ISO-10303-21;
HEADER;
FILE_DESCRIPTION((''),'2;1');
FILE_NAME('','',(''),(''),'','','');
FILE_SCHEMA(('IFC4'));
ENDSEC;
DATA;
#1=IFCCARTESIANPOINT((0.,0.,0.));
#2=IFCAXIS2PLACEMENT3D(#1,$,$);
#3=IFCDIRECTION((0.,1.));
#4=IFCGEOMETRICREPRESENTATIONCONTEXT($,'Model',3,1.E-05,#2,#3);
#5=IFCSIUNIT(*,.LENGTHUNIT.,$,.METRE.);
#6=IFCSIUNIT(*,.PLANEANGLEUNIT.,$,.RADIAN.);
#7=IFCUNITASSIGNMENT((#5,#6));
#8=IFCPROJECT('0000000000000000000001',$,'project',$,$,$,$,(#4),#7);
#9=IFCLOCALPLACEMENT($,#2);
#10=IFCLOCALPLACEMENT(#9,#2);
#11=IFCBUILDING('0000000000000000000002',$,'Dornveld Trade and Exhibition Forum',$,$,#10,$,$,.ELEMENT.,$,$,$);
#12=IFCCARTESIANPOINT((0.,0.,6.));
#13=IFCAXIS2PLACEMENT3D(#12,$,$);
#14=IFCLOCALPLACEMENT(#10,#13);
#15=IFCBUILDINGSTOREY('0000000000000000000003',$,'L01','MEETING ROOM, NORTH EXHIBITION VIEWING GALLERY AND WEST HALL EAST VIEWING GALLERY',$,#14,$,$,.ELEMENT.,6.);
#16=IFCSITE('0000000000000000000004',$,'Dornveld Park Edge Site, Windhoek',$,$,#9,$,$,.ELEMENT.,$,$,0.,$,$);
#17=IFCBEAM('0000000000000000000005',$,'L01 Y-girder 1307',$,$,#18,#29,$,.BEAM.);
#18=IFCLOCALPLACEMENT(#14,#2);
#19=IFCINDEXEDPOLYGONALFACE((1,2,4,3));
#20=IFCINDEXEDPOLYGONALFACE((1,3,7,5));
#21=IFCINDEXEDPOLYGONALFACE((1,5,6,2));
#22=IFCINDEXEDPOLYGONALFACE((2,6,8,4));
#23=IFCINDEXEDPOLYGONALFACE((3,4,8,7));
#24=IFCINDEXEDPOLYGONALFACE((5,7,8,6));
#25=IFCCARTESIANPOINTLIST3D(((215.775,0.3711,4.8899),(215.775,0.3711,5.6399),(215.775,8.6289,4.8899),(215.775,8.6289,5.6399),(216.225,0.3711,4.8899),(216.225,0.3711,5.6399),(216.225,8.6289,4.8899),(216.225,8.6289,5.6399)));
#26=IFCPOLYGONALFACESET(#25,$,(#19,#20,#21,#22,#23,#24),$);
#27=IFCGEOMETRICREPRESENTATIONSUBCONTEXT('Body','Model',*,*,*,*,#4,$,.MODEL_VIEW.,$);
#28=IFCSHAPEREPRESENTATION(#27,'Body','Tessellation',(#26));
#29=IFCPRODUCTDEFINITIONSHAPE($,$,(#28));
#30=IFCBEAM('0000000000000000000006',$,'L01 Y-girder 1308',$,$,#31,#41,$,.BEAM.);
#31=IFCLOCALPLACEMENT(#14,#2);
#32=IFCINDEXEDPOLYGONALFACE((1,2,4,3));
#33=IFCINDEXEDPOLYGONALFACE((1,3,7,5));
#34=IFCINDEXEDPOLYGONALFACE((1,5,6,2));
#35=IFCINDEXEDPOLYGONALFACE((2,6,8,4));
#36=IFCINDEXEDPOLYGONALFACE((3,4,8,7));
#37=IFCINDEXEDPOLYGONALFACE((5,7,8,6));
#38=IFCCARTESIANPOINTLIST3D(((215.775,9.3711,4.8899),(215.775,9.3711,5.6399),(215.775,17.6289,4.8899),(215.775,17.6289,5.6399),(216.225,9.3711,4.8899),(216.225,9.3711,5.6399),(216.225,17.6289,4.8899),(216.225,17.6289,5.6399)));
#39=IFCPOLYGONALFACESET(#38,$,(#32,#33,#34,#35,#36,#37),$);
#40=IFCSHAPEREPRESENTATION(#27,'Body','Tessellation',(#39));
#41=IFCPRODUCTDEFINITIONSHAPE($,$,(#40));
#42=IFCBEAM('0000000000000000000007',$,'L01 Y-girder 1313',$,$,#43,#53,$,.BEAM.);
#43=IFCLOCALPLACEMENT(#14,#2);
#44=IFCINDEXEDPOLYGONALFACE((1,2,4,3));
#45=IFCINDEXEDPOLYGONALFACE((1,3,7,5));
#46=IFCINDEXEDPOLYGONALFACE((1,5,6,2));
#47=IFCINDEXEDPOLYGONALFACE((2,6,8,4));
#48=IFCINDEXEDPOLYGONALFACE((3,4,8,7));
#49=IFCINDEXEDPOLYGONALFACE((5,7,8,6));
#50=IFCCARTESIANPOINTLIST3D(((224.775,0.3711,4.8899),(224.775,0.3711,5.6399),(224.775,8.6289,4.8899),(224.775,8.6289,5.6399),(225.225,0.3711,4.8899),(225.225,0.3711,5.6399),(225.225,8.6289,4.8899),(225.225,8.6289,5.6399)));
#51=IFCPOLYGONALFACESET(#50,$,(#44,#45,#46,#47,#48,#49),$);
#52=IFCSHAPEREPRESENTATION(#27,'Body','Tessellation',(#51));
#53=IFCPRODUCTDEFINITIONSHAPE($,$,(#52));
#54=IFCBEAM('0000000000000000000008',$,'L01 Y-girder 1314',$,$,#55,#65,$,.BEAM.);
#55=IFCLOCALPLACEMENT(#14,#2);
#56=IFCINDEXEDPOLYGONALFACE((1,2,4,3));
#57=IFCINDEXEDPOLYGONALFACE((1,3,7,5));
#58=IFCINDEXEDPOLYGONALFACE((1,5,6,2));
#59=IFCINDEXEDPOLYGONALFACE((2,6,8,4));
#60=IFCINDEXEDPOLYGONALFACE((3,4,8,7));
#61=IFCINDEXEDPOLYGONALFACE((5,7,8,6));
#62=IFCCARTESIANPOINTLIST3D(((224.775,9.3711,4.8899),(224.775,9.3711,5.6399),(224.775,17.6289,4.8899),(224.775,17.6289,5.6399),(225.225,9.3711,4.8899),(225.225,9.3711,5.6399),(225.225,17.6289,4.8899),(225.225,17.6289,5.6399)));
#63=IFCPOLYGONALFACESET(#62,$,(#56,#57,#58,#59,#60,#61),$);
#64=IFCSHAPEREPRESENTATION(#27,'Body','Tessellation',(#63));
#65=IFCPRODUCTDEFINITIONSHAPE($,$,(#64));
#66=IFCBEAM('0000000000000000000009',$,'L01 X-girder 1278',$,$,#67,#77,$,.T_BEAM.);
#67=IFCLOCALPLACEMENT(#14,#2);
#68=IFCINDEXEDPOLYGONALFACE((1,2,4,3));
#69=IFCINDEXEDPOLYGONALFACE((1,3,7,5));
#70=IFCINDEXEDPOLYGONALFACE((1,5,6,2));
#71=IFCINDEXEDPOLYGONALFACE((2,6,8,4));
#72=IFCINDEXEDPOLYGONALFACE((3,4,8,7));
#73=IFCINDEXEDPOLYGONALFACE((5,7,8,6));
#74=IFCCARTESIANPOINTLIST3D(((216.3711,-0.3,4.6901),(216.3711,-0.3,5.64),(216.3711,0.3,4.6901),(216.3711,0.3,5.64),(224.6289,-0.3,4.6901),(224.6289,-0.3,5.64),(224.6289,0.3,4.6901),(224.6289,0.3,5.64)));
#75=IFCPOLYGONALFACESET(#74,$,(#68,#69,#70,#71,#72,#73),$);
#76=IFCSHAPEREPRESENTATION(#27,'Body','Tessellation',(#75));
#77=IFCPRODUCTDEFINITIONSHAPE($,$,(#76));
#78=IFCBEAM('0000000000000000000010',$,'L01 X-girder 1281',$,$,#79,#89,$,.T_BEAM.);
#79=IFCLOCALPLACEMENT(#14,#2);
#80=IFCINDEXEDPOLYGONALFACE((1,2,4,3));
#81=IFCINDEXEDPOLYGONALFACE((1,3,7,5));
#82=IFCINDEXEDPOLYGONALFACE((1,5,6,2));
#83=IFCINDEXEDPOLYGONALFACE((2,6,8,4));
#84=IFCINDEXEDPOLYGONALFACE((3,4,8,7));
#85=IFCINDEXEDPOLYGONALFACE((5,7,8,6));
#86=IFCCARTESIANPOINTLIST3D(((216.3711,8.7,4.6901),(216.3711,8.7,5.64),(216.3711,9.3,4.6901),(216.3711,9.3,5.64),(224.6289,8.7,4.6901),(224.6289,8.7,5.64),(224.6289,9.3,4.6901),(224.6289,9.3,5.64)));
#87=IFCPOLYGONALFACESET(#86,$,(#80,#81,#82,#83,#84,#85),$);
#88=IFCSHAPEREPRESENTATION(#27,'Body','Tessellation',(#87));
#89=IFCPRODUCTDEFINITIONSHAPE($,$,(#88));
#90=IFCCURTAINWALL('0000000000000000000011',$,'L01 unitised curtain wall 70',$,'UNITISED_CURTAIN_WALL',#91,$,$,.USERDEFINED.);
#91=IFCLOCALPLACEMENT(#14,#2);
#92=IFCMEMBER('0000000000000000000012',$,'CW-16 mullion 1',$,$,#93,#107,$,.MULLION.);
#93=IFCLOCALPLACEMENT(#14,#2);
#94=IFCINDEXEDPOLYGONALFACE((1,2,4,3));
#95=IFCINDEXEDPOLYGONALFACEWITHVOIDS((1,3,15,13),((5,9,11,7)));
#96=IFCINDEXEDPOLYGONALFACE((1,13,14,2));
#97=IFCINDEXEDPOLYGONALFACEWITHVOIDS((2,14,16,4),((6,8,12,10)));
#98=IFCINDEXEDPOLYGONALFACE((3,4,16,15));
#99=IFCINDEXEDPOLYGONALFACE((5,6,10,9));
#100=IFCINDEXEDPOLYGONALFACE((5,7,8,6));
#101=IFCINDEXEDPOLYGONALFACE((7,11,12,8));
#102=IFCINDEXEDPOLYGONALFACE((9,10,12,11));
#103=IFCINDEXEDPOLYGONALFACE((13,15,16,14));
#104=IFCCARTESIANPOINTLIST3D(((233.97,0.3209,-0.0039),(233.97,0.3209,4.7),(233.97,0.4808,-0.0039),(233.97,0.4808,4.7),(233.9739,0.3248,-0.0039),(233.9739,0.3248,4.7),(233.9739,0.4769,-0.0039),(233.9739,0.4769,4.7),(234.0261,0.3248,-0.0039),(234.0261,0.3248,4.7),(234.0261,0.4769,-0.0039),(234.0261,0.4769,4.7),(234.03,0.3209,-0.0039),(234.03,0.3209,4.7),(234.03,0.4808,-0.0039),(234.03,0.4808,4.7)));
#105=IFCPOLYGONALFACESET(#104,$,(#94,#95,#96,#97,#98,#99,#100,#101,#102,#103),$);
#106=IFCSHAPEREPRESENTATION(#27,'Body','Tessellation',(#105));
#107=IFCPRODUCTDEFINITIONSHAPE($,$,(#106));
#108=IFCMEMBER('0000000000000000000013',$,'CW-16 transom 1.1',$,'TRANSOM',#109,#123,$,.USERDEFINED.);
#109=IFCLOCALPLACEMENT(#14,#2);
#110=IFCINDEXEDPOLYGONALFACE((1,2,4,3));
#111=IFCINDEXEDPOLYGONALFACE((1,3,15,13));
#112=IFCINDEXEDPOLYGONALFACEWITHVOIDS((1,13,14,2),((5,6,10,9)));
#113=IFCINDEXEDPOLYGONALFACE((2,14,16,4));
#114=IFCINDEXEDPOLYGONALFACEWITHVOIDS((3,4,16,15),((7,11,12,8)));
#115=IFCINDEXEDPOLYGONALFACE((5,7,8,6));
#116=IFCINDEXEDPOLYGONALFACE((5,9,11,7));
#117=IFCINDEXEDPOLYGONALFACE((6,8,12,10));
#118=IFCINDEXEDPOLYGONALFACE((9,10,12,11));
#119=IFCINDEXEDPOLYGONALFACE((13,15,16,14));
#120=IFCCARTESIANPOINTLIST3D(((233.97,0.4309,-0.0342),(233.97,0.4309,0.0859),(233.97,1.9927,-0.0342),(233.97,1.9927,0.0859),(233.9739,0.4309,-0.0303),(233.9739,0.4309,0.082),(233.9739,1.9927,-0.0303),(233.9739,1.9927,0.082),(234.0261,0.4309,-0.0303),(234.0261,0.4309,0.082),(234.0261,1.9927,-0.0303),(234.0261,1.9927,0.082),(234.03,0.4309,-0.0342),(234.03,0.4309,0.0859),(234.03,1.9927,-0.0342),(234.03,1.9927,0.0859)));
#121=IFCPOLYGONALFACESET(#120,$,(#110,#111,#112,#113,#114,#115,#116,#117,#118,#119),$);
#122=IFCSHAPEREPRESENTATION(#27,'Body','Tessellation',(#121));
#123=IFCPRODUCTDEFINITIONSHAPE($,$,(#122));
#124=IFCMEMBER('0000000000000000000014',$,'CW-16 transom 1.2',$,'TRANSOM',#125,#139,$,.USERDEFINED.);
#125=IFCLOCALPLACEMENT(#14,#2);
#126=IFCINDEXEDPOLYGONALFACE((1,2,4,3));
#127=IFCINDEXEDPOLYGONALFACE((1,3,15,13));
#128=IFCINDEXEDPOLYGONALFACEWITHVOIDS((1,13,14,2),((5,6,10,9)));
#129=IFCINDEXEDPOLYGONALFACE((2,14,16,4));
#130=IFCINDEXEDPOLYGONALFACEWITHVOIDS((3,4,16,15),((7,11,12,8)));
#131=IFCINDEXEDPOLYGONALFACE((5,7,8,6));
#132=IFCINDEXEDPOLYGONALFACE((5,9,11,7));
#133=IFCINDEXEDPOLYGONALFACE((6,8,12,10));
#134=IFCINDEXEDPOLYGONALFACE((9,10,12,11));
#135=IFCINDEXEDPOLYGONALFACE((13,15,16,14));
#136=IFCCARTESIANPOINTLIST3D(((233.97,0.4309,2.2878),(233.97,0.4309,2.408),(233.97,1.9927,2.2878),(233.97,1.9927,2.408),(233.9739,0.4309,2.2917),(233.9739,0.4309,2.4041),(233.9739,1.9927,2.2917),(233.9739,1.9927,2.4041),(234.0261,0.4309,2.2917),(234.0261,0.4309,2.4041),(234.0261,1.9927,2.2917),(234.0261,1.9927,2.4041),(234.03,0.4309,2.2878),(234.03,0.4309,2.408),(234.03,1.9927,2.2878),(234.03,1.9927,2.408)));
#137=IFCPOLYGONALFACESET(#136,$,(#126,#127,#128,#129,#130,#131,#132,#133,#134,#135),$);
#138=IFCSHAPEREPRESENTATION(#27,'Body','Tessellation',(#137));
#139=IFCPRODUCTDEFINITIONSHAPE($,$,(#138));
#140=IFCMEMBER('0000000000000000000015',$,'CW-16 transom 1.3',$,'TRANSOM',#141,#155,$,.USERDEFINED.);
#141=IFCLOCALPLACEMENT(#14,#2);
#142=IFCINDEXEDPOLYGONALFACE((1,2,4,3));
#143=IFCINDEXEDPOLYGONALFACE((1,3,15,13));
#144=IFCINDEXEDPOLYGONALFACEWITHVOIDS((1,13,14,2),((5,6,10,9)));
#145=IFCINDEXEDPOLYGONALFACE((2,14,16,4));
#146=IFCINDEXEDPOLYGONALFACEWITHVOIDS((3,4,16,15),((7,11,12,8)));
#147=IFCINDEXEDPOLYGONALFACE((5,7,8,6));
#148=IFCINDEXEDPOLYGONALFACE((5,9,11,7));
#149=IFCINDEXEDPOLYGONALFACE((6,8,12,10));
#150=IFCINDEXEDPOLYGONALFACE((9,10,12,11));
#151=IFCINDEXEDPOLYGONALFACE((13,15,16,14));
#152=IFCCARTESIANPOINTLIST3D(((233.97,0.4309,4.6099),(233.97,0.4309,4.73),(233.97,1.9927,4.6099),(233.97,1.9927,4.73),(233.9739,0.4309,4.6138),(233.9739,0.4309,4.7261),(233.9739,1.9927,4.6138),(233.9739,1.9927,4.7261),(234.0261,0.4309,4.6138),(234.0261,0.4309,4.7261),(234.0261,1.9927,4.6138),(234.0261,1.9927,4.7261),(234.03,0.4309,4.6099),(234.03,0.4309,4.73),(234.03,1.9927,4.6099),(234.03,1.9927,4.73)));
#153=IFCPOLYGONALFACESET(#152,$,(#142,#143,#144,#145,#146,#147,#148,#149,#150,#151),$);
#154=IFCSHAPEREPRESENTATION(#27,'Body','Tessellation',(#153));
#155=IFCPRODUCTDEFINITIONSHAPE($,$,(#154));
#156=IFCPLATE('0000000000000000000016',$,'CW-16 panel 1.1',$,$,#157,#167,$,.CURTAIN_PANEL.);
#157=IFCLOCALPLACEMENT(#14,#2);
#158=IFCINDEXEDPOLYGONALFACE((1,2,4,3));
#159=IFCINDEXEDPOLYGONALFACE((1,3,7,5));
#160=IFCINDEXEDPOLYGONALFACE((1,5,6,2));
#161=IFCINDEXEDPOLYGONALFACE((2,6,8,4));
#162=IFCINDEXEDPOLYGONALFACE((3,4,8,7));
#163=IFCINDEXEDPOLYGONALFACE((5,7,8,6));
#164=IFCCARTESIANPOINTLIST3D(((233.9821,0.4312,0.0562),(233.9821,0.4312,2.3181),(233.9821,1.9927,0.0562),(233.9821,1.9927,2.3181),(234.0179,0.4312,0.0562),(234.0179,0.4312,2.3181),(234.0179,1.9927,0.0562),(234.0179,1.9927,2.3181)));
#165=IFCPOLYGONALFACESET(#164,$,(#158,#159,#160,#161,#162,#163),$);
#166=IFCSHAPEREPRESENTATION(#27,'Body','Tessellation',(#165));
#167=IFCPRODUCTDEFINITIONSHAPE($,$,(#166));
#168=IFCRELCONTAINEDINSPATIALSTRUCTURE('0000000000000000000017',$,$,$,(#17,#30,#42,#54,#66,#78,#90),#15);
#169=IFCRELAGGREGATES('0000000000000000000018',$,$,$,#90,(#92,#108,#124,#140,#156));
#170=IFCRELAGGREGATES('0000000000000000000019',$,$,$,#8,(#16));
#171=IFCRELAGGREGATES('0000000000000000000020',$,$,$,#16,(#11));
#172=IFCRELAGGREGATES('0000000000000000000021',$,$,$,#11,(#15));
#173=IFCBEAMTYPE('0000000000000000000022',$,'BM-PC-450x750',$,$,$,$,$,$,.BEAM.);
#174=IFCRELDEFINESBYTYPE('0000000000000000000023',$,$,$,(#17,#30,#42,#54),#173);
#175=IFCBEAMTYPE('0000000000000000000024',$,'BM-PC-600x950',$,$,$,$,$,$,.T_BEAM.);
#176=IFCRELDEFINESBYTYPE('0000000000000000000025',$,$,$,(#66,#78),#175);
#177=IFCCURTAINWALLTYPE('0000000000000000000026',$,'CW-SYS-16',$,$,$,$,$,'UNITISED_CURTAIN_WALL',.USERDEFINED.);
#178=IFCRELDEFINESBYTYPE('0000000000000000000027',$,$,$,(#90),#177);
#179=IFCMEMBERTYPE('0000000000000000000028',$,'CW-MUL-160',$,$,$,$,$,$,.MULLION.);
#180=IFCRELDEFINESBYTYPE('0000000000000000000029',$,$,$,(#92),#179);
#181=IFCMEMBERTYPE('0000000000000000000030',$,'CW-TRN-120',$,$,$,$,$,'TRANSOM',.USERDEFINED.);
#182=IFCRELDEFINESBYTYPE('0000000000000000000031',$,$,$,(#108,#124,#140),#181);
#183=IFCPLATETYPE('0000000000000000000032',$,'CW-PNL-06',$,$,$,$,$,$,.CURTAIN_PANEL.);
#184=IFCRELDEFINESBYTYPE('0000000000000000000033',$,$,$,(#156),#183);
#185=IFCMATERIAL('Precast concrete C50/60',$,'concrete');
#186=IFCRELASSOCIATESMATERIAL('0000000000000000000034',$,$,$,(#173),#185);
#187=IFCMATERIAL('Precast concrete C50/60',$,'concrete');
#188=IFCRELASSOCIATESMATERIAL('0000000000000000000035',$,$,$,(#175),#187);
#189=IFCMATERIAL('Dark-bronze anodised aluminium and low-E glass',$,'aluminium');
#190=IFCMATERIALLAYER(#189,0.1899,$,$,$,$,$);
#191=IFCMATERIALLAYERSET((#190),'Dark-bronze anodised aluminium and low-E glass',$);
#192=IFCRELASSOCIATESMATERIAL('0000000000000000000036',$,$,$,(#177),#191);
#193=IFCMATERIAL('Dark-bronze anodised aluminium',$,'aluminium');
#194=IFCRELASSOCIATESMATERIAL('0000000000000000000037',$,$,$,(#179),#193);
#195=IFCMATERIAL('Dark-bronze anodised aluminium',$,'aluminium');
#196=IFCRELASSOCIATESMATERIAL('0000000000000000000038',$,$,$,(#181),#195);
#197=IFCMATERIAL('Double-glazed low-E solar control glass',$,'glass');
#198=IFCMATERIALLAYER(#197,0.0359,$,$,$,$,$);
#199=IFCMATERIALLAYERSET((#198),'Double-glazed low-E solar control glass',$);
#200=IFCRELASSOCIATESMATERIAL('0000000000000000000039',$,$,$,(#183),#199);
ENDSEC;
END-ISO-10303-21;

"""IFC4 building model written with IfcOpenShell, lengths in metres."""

from ifc_helpers import new_model, si_unit, direction, frame, origin, origin_2d, place, context, subcontext, project, spatial, rectangle, hollow_rectangle, extrude, material, layer, layer_set, material_profile, profile_set, type_object, element, aggregate, save


model = new_model("IFC4")

# Units and contexts
model_context = context("Model", 3, precision=1e-05, world=origin(), true_north=direction((0.0, 1.0)))
body_context = subcontext(model_context, "Body", "Model", "MODEL_VIEW")
ifc_project = project(units=[si_unit("LENGTHUNIT", "METRE"), si_unit("PLANEANGLEUNIT", "RADIAN")], contexts=[model_context])

# Site, building, storey
site_placement = place(None, origin())
site = spatial("IfcSite", under=ifc_project, at=site_placement, Name="Dornveld Park Edge Site, Windhoek", CompositionType="ELEMENT", RefElevation=0.0)
building_placement = place(site_placement, origin())
building = spatial("IfcBuilding", under=site, at=building_placement, Name="Dornveld Trade and Exhibition Forum", CompositionType="ELEMENT")
storey_placement = place(building_placement, frame((0.0, 0.0, 6.0)))
storey = spatial("IfcBuildingStorey", under=building, at=storey_placement, Name="L01", Description="MEETING ROOM, NORTH EXHIBITION VIEWING GALLERY AND WEST HALL EAST VIEWING GALLERY", CompositionType="ELEMENT", Elevation=6.0)

# Beams
ifc_material_1 = material(Name="Precast concrete C50/60", Category="concrete")
ifc_material_profile_1 = material_profile(ifc_material_1, rectangle(XDim=0.45, YDim=0.75, at=origin_2d()), Name="PC-BM 450x750")
ifc_profile_set_1 = profile_set([ifc_material_profile_1], Name="Precast concrete C50/60")
beam_type_1 = type_object("IfcBeamType", Name="BM-PC-450x750", PredefinedType="BEAM", material=ifc_profile_set_1)
for number, where, z_axis, x_axis, name in (
    (1, (216.0, 0.3711, 5.2649), (0.0, 1.0, 0.0), (-1.0, 0.0, 0.0), "L01 Y-girder 1307"),
    (2, (216.0, 9.3711, 5.2649), (0.0, 1.0, 0.0), (-1.0, 0.0, 0.0), "L01 Y-girder 1308"),
    (3, (225.0, 0.3711, 5.2649), (0.0, 1.0, 0.0), (-1.0, 0.0, 0.0), "L01 Y-girder 1313"),
    (4, (225.0, 9.3711, 5.2649), (0.0, 1.0, 0.0), (-1.0, 0.0, 0.0), "L01 Y-girder 1314"),
):
    element("IfcBeam", number, at=place(storey_placement, frame(where, z_axis=z_axis, x_axis=x_axis)), inside=storey, type_object=beam_type_1, Name=name, PredefinedType="BEAM", context=body_context, shape_type="SweptSolid", body=[
        extrude(rectangle(XDim=0.45, YDim=0.75, at=origin_2d()), origin(), (0.0, 0.0, 1.0), 8.2578),
    ])
ifc_material_2 = material(Name="Precast concrete C50/60", Category="concrete")
ifc_material_profile_2 = material_profile(ifc_material_2, rectangle(XDim=0.6001, YDim=0.95, at=origin_2d()), Name="PC-GIR 600x950")
ifc_profile_set_2 = profile_set([ifc_material_profile_2], Name="Precast concrete C50/60")
beam_type_2 = type_object("IfcBeamType", Name="BM-PC-600x950", PredefinedType="T_BEAM", material=ifc_profile_set_2)
for number, where, z_axis, x_axis, name in (
    (5, (216.3711, 0.0, 5.165), (1.0, 0.0, 0.0), (0.0, 1.0, 0.0), "L01 X-girder 1278"),
    (6, (216.3711, 9.0, 5.165), (1.0, 0.0, 0.0), (0.0, 1.0, 0.0), "L01 X-girder 1281"),
):
    element("IfcBeam", number, at=place(storey_placement, frame(where, z_axis=z_axis, x_axis=x_axis)), inside=storey, type_object=beam_type_2, Name=name, PredefinedType="T_BEAM", context=body_context, shape_type="SweptSolid", body=[
        extrude(rectangle(XDim=0.6001, YDim=0.95, at=origin_2d()), origin(), (0.0, 0.0, 1.0), 8.2578),
    ])

# Curtain wall, members, plate
ifc_material_3 = material(Name="Dark-bronze anodised aluminium and low-E glass", Category="aluminium")
ifc_layer_1 = layer(ifc_material_3, 0.1899)
ifc_layer_set_1 = layer_set([ifc_layer_1], Name="Dark-bronze anodised aluminium and low-E glass")
curtain_wall_type = type_object("IfcCurtainWallType", Name="CW-SYS-16", ElementType="UNITISED_CURTAIN_WALL", PredefinedType="USERDEFINED", material=ifc_layer_set_1)
curtain_wall_placement = place(storey_placement, origin())
curtain_wall = element("IfcCurtainWall", 7, at=curtain_wall_placement, inside=storey, type_object=curtain_wall_type, Name="L01 unitised curtain wall 70", ObjectType="UNITISED_CURTAIN_WALL", PredefinedType="USERDEFINED")
ifc_material_4 = material(Name="Dark-bronze anodised aluminium", Category="aluminium")
ifc_material_profile_3 = material_profile(ifc_material_4, hollow_rectangle(XDim=0.0601, YDim=0.1599, WallThickness=0.0039, at=origin_2d()), Name="RHS 160x60x4")
ifc_profile_set_3 = profile_set([ifc_material_profile_3], Name="Dark-bronze anodised aluminium")
member_type_1 = type_object("IfcMemberType", Name="CW-MUL-160", PredefinedType="MULLION", material=ifc_profile_set_3)
member_1_placement = place(storey_placement, frame((234.0, 0.4009, -0.0039), z_axis=(0.0, 0.0, 1.0), x_axis=(-1.0, 0.0, 0.0)))
member_1 = element("IfcMember", 8, at=member_1_placement, type_object=member_type_1, Name="CW-16 mullion 1", PredefinedType="MULLION", context=body_context, shape_type="SweptSolid", body=[
    extrude(hollow_rectangle(XDim=0.0601, YDim=0.1599, WallThickness=0.0039, at=origin_2d()), origin(), (0.0, 0.0, 1.0), 4.7039),
])
ifc_material_5 = material(Name="Dark-bronze anodised aluminium", Category="aluminium")
ifc_material_profile_4 = material_profile(ifc_material_5, hollow_rectangle(XDim=0.0601, YDim=0.1201, WallThickness=0.0039, at=origin_2d()), Name="RHS 120x60x4")
ifc_profile_set_4 = profile_set([ifc_material_profile_4], Name="Dark-bronze anodised aluminium")
member_type_2 = type_object("IfcMemberType", Name="CW-TRN-120", ElementType="TRANSOM", PredefinedType="USERDEFINED", material=ifc_profile_set_4)
member_2_placement = place(storey_placement, frame((234.0, 0.4309, 0.0259), z_axis=(0.0, 1.0, 0.0), x_axis=(-1.0, 0.0, 0.0)))
member_2 = element("IfcMember", 9, at=member_2_placement, type_object=member_type_2, Name="CW-16 transom 1.1", ObjectType="TRANSOM", PredefinedType="USERDEFINED", context=body_context, shape_type="SweptSolid", body=[
    extrude(hollow_rectangle(XDim=0.0601, YDim=0.1201, WallThickness=0.0039, at=origin_2d()), origin(), (0.0, 0.0, 1.0), 1.5618),
])
member_3_placement = place(storey_placement, frame((234.0, 0.4309, 2.3479), z_axis=(0.0, 1.0, 0.0), x_axis=(-1.0, 0.0, 0.0)))
member_3 = element("IfcMember", 10, at=member_3_placement, type_object=member_type_2, Name="CW-16 transom 1.2", ObjectType="TRANSOM", PredefinedType="USERDEFINED", context=body_context, shape_type="SweptSolid", body=[
    extrude(hollow_rectangle(XDim=0.0601, YDim=0.1201, WallThickness=0.0039, at=origin_2d()), origin(), (0.0, 0.0, 1.0), 1.5618),
])
member_4_placement = place(storey_placement, frame((234.0, 0.4309, 4.6699), z_axis=(0.0, 1.0, 0.0), x_axis=(-1.0, 0.0, 0.0)))
member_4 = element("IfcMember", 11, at=member_4_placement, type_object=member_type_2, Name="CW-16 transom 1.3", ObjectType="TRANSOM", PredefinedType="USERDEFINED", context=body_context, shape_type="SweptSolid", body=[
    extrude(hollow_rectangle(XDim=0.0601, YDim=0.1201, WallThickness=0.0039, at=origin_2d()), origin(), (0.0, 0.0, 1.0), 1.5618),
])
ifc_material_6 = material(Name="Double-glazed low-E solar control glass", Category="glass")
ifc_layer_2 = layer(ifc_material_6, 0.0359)
ifc_layer_set_2 = layer_set([ifc_layer_2], Name="Double-glazed low-E solar control glass")
plate_type = type_object("IfcPlateType", Name="CW-PNL-06", PredefinedType="CURTAIN_PANEL", material=ifc_layer_set_2)
plate_placement = place(storey_placement, frame((234.0, 1.2119, 0.0562), z_axis=(0.0, 0.0, 1.0), x_axis=(0.0, 1.0, 0.0)))
plate = element("IfcPlate", 12, at=plate_placement, type_object=plate_type, Name="CW-16 panel 1.1", PredefinedType="CURTAIN_PANEL", context=body_context, shape_type="SweptSolid", body=[
    extrude(rectangle(XDim=1.5615, YDim=0.0359, at=origin_2d()), origin(), (0.0, 0.0, 1.0), 2.262),
])
aggregate(curtain_wall, [member_1, member_2, member_3, member_4, plate])

save(model, "model.ifc")
